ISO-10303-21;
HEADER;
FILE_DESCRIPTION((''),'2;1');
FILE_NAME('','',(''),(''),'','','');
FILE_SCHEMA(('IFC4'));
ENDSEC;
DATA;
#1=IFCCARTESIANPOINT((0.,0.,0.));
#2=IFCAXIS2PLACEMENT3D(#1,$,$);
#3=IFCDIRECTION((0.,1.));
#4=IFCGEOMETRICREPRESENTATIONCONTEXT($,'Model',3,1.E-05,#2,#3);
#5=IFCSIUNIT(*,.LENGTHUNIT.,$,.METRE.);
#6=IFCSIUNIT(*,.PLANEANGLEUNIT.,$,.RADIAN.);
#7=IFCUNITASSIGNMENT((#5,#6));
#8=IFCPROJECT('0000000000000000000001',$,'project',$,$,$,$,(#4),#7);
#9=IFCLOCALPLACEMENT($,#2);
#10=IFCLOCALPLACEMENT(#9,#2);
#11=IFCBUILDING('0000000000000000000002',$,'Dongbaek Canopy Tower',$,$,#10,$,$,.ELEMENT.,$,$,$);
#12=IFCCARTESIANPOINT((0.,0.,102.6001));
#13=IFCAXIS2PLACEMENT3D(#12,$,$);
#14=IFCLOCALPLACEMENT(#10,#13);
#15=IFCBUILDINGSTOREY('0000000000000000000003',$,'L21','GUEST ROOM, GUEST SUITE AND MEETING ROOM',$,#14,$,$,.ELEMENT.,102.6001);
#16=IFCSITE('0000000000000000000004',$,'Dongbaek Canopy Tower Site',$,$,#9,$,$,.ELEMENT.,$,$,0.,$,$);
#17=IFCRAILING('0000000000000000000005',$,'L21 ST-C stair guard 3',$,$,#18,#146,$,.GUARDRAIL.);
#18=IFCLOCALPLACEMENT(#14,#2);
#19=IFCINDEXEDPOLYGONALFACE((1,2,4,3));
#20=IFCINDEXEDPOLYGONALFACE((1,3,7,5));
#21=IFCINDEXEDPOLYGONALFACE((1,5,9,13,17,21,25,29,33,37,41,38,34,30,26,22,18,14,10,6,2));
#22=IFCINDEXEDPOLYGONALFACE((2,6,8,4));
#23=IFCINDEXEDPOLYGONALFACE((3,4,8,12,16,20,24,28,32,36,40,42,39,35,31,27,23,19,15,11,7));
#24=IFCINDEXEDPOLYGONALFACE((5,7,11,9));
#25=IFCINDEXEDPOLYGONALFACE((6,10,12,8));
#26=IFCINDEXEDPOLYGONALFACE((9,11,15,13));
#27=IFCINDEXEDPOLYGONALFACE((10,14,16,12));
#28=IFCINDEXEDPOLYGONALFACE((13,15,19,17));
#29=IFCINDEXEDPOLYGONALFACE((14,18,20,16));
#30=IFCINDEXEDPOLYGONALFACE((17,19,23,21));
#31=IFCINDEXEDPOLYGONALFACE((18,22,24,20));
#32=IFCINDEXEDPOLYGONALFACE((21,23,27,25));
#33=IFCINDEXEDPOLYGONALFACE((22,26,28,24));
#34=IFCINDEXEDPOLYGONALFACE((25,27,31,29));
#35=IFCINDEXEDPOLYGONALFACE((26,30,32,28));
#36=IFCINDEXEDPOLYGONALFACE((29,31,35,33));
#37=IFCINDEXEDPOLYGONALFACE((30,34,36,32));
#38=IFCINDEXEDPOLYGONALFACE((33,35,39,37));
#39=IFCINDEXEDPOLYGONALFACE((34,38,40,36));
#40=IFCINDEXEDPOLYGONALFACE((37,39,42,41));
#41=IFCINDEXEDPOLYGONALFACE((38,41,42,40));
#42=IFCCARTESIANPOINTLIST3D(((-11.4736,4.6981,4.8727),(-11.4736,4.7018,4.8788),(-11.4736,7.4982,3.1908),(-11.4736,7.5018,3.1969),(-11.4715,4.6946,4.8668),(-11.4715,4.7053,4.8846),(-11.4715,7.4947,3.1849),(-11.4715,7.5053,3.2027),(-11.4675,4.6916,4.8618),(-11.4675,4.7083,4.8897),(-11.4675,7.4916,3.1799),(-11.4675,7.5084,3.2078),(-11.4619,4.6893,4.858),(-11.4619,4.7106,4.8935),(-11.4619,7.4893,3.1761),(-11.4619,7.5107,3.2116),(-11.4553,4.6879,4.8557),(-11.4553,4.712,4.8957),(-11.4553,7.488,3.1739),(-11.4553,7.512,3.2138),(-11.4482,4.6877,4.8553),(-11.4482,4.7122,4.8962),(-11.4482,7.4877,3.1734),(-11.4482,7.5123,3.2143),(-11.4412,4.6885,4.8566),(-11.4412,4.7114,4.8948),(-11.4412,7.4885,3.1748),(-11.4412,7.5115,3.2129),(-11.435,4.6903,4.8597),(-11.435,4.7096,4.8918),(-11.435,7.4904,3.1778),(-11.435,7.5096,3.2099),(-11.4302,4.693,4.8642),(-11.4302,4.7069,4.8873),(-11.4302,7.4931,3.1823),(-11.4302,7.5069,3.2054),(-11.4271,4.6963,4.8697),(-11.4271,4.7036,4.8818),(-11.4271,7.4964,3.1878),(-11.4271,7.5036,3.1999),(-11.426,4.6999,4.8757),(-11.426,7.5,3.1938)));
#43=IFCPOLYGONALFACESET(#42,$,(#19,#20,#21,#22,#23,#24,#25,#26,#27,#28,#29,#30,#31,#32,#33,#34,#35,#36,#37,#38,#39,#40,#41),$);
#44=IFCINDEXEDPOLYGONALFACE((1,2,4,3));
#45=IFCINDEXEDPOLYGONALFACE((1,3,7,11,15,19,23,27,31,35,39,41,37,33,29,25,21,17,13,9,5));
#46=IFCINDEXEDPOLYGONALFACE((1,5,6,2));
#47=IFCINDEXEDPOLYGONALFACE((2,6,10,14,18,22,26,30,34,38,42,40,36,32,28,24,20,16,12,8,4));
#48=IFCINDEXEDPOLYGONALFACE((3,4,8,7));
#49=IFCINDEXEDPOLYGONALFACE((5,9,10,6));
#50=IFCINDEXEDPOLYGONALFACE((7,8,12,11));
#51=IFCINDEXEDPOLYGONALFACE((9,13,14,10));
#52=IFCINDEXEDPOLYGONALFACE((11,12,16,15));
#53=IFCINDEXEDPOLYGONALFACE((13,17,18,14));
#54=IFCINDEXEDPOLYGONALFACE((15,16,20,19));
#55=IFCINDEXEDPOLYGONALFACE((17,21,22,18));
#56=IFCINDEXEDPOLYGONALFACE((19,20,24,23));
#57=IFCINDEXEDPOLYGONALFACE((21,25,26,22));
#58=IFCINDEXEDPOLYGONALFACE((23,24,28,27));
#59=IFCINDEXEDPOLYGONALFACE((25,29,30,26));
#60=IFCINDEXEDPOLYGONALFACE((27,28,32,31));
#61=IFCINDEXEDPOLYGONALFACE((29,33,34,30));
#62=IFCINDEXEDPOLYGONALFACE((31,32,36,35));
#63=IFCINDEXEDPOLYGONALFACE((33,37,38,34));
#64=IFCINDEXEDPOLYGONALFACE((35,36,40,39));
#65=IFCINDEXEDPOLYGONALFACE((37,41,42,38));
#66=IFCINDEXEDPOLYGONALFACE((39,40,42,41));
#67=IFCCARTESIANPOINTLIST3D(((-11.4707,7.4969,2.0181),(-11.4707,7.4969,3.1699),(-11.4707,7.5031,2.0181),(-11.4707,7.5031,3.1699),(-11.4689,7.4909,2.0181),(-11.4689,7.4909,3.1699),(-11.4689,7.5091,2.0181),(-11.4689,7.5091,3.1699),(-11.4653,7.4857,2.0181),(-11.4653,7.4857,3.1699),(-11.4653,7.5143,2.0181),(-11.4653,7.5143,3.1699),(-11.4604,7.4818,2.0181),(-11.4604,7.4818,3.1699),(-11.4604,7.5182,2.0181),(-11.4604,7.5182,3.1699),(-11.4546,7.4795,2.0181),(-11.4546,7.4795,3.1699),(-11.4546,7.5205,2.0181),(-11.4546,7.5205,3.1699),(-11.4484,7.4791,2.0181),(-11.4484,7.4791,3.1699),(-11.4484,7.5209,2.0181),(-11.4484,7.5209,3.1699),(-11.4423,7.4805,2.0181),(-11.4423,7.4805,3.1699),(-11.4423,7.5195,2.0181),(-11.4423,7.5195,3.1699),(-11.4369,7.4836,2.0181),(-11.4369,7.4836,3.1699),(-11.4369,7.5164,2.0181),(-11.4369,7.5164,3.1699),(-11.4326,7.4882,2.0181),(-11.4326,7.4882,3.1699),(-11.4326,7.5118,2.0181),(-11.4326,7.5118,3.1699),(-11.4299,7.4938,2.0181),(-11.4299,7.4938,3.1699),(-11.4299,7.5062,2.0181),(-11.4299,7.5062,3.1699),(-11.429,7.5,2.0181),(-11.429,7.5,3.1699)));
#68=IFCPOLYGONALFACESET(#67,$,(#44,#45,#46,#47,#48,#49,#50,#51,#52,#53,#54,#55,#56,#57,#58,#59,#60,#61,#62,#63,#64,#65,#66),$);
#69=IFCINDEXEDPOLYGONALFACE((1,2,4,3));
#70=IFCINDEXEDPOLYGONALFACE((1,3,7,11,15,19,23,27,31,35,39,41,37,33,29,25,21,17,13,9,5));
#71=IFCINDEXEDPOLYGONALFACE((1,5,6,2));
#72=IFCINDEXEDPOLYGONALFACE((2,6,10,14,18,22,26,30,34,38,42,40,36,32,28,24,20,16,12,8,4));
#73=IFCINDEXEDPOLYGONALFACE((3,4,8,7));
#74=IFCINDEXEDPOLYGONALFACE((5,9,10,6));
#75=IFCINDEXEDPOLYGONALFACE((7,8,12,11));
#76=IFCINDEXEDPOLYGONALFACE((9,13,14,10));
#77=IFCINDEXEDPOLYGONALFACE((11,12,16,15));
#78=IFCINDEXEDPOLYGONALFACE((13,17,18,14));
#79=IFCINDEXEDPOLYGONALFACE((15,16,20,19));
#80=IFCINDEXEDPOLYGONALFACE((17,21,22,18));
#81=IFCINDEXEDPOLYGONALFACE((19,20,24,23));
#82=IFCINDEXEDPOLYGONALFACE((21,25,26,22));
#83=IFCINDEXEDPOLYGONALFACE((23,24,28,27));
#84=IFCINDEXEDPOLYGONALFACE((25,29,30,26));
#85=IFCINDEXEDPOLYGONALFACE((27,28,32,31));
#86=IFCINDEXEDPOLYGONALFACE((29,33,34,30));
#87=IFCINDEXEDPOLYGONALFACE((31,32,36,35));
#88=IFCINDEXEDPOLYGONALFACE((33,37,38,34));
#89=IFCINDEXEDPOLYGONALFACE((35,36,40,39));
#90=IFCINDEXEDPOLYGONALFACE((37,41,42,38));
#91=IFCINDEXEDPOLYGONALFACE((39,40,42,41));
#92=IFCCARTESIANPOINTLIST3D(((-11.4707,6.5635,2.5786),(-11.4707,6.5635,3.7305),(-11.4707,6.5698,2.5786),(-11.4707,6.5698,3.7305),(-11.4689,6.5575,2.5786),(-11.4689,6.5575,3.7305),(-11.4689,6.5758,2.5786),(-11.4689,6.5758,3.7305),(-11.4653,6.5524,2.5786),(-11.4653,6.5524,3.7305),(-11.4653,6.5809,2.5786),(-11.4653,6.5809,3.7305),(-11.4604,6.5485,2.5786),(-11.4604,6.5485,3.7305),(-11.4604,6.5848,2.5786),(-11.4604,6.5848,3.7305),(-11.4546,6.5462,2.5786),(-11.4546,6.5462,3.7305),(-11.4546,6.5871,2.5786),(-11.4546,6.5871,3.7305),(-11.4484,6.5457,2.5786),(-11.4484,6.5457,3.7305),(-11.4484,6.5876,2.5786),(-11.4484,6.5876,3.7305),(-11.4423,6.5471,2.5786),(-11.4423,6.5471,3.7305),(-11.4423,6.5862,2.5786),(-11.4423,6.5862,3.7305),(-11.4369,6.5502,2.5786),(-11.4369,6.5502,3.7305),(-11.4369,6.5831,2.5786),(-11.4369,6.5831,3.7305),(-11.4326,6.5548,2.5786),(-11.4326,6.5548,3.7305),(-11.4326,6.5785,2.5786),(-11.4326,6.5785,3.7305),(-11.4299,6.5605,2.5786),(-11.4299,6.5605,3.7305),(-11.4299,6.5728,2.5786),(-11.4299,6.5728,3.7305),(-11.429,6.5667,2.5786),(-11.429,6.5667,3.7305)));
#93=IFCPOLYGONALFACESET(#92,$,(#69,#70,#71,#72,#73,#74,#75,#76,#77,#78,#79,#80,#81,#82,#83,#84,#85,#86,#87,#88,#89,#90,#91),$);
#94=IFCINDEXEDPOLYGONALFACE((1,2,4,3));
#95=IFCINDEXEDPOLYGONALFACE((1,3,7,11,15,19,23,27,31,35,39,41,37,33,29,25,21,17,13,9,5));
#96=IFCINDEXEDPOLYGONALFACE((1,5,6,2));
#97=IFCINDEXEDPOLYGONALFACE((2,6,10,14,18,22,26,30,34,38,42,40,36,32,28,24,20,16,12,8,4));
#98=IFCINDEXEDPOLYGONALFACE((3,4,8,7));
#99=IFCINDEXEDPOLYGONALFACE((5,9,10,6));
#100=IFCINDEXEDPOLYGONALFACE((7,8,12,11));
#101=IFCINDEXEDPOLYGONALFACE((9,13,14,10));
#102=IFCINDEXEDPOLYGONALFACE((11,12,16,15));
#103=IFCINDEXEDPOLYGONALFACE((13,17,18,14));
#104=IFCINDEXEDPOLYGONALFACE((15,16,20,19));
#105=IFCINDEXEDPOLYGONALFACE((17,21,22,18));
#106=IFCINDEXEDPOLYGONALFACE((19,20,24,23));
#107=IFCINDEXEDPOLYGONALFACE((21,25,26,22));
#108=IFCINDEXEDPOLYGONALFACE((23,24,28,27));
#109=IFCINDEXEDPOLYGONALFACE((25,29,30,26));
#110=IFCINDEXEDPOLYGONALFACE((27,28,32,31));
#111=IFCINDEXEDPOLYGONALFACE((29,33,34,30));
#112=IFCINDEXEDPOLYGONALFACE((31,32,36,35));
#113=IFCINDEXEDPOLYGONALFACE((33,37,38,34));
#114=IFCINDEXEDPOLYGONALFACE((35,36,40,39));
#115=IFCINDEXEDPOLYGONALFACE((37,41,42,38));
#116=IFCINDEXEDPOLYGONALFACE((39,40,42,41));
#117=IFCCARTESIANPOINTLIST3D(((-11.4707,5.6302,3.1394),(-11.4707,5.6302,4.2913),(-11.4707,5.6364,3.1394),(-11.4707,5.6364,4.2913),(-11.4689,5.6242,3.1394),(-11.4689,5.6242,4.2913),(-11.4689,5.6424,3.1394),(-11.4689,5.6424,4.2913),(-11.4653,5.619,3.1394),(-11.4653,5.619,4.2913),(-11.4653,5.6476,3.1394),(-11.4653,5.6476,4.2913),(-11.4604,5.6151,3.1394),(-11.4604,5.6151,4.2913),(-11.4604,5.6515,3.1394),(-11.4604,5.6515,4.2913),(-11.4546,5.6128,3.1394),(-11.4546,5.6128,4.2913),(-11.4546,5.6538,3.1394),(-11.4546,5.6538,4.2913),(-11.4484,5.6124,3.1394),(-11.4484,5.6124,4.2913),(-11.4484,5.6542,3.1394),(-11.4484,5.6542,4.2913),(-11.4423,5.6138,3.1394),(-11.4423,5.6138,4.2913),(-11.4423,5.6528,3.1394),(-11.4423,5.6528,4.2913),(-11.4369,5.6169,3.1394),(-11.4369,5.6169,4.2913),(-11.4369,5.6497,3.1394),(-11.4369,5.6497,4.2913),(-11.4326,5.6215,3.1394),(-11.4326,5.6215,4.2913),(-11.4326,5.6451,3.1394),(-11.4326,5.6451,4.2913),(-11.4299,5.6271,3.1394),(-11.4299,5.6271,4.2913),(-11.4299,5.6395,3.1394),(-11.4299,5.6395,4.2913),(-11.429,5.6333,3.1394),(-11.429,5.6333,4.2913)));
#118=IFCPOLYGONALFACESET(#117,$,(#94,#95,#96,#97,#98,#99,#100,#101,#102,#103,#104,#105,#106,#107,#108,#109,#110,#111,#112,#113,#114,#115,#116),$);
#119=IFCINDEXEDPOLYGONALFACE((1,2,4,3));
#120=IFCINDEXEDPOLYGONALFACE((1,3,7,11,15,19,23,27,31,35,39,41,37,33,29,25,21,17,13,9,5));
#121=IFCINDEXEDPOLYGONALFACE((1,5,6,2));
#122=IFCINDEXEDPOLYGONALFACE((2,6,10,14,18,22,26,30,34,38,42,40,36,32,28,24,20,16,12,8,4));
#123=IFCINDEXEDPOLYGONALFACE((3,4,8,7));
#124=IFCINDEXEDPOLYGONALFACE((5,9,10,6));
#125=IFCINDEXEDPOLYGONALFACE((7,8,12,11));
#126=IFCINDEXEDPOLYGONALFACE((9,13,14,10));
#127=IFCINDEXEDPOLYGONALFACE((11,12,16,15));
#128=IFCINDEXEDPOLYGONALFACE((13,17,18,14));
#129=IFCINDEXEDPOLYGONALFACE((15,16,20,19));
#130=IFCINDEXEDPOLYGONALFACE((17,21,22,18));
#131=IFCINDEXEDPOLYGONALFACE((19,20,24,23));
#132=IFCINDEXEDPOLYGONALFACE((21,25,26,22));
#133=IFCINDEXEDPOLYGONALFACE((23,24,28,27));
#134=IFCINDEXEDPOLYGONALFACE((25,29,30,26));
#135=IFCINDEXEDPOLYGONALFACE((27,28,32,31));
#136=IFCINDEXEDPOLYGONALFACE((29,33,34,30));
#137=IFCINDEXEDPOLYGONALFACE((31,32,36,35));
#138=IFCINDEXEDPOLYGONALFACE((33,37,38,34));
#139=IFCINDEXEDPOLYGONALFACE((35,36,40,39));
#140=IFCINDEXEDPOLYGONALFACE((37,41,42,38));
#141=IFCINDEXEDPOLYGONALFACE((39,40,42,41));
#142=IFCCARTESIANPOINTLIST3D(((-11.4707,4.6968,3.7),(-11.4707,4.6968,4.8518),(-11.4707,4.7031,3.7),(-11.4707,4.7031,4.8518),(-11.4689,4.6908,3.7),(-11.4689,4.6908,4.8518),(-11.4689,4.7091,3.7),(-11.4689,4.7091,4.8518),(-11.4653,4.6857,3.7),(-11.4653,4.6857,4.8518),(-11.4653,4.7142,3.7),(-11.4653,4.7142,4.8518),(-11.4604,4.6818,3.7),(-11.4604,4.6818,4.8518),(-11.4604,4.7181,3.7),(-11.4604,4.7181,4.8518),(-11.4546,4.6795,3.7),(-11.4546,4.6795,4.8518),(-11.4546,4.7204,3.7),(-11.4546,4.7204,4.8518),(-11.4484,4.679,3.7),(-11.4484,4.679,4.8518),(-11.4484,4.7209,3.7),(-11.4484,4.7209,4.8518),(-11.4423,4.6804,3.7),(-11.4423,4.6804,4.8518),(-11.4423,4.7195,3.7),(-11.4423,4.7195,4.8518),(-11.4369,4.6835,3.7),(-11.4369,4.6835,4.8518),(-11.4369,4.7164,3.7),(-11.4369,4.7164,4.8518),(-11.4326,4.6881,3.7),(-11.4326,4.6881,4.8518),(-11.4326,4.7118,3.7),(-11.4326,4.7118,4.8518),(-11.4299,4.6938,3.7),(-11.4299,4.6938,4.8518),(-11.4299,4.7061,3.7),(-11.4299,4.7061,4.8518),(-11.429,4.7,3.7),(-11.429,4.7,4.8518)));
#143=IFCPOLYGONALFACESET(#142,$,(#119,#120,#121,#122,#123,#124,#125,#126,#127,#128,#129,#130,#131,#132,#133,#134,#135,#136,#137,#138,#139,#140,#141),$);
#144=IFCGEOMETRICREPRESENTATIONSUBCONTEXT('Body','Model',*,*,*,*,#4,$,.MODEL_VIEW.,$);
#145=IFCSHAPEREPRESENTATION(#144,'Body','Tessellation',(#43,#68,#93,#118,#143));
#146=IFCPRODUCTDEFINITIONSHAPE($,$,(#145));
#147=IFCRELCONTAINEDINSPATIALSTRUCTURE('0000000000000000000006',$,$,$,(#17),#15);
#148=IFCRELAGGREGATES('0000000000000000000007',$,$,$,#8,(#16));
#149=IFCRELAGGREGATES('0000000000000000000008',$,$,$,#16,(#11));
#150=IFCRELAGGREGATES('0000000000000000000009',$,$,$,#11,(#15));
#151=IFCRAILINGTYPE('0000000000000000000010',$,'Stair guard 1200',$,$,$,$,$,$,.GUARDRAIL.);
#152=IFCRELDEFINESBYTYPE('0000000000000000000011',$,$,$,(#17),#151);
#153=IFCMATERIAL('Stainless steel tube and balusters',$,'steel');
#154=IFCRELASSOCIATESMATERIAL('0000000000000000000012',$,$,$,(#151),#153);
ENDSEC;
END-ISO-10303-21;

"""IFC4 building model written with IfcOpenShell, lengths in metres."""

from ifc_helpers import new_model, si_unit, direction, frame, origin, origin_2d, place, context, subcontext, project, spatial, circle, extrude, material, type_object, element, save


model = new_model("IFC4")

# Units and contexts
model_context = context("Model", 3, precision=1e-05, world=origin(), true_north=direction((0.0, 1.0)))
body_context = subcontext(model_context, "Body", "Model", "MODEL_VIEW")
ifc_project = project(units=[si_unit("LENGTHUNIT", "METRE"), si_unit("PLANEANGLEUNIT", "RADIAN")], contexts=[model_context])

# Site, building, storey
site_placement = place(None, origin())
site = spatial("IfcSite", under=ifc_project, at=site_placement, Name="Dongbaek Canopy Tower Site", CompositionType="ELEMENT", RefElevation=0.0)
building_placement = place(site_placement, origin())
building = spatial("IfcBuilding", under=site, at=building_placement, Name="Dongbaek Canopy Tower", CompositionType="ELEMENT")
storey_placement = place(building_placement, frame((0.0, 0.0, 102.6001)))
storey = spatial("IfcBuildingStorey", under=building, at=storey_placement, Name="L21", Description="GUEST ROOM, GUEST SUITE AND MEETING ROOM", CompositionType="ELEMENT", Elevation=102.6001)

# Railing
ifc_material_1 = material(Name="Stainless steel tube and balusters", Category="steel")
railing_type_1 = type_object("IfcRailingType", Name="Stair guard 1200", PredefinedType="GUARDRAIL", material=ifc_material_1)
railing_1_placement = place(storey_placement, frame((-11.45, 7.5, 2.0181)))
element("IfcRailing", 1, at=railing_1_placement, inside=storey, type_object=railing_type_1, Name="L21 ST-C stair guard 3", PredefinedType="GUARDRAIL", context=body_context, shape_type="SweptSolid", body=[
    extrude(circle(Radius=0.0239, at=origin_2d()), frame((0.0, 0.0, 1.1758), z_axis=(0.0, -0.857242, 0.514913), x_axis=(1.0, 0.0, 0.0)), (0.0, 0.0, 1.0), 3.2664),
    extrude(circle(Radius=0.021, at=origin_2d()), origin(), (0.0, 0.0, 1.0), 1.1519),
    extrude(circle(Radius=0.021, at=origin_2d()), frame((0.0, -0.9333, 0.5605)), (0.0, 0.0, 1.0), 1.1519),
    extrude(circle(Radius=0.021, at=origin_2d()), frame((0.0, -1.8667, 1.1213)), (0.0, 0.0, 1.0), 1.1519),
    extrude(circle(Radius=0.021, at=origin_2d()), frame((0.0, -2.8, 1.6819)), (0.0, 0.0, 1.0), 1.1519),
])

save(model, "model.ifc")
